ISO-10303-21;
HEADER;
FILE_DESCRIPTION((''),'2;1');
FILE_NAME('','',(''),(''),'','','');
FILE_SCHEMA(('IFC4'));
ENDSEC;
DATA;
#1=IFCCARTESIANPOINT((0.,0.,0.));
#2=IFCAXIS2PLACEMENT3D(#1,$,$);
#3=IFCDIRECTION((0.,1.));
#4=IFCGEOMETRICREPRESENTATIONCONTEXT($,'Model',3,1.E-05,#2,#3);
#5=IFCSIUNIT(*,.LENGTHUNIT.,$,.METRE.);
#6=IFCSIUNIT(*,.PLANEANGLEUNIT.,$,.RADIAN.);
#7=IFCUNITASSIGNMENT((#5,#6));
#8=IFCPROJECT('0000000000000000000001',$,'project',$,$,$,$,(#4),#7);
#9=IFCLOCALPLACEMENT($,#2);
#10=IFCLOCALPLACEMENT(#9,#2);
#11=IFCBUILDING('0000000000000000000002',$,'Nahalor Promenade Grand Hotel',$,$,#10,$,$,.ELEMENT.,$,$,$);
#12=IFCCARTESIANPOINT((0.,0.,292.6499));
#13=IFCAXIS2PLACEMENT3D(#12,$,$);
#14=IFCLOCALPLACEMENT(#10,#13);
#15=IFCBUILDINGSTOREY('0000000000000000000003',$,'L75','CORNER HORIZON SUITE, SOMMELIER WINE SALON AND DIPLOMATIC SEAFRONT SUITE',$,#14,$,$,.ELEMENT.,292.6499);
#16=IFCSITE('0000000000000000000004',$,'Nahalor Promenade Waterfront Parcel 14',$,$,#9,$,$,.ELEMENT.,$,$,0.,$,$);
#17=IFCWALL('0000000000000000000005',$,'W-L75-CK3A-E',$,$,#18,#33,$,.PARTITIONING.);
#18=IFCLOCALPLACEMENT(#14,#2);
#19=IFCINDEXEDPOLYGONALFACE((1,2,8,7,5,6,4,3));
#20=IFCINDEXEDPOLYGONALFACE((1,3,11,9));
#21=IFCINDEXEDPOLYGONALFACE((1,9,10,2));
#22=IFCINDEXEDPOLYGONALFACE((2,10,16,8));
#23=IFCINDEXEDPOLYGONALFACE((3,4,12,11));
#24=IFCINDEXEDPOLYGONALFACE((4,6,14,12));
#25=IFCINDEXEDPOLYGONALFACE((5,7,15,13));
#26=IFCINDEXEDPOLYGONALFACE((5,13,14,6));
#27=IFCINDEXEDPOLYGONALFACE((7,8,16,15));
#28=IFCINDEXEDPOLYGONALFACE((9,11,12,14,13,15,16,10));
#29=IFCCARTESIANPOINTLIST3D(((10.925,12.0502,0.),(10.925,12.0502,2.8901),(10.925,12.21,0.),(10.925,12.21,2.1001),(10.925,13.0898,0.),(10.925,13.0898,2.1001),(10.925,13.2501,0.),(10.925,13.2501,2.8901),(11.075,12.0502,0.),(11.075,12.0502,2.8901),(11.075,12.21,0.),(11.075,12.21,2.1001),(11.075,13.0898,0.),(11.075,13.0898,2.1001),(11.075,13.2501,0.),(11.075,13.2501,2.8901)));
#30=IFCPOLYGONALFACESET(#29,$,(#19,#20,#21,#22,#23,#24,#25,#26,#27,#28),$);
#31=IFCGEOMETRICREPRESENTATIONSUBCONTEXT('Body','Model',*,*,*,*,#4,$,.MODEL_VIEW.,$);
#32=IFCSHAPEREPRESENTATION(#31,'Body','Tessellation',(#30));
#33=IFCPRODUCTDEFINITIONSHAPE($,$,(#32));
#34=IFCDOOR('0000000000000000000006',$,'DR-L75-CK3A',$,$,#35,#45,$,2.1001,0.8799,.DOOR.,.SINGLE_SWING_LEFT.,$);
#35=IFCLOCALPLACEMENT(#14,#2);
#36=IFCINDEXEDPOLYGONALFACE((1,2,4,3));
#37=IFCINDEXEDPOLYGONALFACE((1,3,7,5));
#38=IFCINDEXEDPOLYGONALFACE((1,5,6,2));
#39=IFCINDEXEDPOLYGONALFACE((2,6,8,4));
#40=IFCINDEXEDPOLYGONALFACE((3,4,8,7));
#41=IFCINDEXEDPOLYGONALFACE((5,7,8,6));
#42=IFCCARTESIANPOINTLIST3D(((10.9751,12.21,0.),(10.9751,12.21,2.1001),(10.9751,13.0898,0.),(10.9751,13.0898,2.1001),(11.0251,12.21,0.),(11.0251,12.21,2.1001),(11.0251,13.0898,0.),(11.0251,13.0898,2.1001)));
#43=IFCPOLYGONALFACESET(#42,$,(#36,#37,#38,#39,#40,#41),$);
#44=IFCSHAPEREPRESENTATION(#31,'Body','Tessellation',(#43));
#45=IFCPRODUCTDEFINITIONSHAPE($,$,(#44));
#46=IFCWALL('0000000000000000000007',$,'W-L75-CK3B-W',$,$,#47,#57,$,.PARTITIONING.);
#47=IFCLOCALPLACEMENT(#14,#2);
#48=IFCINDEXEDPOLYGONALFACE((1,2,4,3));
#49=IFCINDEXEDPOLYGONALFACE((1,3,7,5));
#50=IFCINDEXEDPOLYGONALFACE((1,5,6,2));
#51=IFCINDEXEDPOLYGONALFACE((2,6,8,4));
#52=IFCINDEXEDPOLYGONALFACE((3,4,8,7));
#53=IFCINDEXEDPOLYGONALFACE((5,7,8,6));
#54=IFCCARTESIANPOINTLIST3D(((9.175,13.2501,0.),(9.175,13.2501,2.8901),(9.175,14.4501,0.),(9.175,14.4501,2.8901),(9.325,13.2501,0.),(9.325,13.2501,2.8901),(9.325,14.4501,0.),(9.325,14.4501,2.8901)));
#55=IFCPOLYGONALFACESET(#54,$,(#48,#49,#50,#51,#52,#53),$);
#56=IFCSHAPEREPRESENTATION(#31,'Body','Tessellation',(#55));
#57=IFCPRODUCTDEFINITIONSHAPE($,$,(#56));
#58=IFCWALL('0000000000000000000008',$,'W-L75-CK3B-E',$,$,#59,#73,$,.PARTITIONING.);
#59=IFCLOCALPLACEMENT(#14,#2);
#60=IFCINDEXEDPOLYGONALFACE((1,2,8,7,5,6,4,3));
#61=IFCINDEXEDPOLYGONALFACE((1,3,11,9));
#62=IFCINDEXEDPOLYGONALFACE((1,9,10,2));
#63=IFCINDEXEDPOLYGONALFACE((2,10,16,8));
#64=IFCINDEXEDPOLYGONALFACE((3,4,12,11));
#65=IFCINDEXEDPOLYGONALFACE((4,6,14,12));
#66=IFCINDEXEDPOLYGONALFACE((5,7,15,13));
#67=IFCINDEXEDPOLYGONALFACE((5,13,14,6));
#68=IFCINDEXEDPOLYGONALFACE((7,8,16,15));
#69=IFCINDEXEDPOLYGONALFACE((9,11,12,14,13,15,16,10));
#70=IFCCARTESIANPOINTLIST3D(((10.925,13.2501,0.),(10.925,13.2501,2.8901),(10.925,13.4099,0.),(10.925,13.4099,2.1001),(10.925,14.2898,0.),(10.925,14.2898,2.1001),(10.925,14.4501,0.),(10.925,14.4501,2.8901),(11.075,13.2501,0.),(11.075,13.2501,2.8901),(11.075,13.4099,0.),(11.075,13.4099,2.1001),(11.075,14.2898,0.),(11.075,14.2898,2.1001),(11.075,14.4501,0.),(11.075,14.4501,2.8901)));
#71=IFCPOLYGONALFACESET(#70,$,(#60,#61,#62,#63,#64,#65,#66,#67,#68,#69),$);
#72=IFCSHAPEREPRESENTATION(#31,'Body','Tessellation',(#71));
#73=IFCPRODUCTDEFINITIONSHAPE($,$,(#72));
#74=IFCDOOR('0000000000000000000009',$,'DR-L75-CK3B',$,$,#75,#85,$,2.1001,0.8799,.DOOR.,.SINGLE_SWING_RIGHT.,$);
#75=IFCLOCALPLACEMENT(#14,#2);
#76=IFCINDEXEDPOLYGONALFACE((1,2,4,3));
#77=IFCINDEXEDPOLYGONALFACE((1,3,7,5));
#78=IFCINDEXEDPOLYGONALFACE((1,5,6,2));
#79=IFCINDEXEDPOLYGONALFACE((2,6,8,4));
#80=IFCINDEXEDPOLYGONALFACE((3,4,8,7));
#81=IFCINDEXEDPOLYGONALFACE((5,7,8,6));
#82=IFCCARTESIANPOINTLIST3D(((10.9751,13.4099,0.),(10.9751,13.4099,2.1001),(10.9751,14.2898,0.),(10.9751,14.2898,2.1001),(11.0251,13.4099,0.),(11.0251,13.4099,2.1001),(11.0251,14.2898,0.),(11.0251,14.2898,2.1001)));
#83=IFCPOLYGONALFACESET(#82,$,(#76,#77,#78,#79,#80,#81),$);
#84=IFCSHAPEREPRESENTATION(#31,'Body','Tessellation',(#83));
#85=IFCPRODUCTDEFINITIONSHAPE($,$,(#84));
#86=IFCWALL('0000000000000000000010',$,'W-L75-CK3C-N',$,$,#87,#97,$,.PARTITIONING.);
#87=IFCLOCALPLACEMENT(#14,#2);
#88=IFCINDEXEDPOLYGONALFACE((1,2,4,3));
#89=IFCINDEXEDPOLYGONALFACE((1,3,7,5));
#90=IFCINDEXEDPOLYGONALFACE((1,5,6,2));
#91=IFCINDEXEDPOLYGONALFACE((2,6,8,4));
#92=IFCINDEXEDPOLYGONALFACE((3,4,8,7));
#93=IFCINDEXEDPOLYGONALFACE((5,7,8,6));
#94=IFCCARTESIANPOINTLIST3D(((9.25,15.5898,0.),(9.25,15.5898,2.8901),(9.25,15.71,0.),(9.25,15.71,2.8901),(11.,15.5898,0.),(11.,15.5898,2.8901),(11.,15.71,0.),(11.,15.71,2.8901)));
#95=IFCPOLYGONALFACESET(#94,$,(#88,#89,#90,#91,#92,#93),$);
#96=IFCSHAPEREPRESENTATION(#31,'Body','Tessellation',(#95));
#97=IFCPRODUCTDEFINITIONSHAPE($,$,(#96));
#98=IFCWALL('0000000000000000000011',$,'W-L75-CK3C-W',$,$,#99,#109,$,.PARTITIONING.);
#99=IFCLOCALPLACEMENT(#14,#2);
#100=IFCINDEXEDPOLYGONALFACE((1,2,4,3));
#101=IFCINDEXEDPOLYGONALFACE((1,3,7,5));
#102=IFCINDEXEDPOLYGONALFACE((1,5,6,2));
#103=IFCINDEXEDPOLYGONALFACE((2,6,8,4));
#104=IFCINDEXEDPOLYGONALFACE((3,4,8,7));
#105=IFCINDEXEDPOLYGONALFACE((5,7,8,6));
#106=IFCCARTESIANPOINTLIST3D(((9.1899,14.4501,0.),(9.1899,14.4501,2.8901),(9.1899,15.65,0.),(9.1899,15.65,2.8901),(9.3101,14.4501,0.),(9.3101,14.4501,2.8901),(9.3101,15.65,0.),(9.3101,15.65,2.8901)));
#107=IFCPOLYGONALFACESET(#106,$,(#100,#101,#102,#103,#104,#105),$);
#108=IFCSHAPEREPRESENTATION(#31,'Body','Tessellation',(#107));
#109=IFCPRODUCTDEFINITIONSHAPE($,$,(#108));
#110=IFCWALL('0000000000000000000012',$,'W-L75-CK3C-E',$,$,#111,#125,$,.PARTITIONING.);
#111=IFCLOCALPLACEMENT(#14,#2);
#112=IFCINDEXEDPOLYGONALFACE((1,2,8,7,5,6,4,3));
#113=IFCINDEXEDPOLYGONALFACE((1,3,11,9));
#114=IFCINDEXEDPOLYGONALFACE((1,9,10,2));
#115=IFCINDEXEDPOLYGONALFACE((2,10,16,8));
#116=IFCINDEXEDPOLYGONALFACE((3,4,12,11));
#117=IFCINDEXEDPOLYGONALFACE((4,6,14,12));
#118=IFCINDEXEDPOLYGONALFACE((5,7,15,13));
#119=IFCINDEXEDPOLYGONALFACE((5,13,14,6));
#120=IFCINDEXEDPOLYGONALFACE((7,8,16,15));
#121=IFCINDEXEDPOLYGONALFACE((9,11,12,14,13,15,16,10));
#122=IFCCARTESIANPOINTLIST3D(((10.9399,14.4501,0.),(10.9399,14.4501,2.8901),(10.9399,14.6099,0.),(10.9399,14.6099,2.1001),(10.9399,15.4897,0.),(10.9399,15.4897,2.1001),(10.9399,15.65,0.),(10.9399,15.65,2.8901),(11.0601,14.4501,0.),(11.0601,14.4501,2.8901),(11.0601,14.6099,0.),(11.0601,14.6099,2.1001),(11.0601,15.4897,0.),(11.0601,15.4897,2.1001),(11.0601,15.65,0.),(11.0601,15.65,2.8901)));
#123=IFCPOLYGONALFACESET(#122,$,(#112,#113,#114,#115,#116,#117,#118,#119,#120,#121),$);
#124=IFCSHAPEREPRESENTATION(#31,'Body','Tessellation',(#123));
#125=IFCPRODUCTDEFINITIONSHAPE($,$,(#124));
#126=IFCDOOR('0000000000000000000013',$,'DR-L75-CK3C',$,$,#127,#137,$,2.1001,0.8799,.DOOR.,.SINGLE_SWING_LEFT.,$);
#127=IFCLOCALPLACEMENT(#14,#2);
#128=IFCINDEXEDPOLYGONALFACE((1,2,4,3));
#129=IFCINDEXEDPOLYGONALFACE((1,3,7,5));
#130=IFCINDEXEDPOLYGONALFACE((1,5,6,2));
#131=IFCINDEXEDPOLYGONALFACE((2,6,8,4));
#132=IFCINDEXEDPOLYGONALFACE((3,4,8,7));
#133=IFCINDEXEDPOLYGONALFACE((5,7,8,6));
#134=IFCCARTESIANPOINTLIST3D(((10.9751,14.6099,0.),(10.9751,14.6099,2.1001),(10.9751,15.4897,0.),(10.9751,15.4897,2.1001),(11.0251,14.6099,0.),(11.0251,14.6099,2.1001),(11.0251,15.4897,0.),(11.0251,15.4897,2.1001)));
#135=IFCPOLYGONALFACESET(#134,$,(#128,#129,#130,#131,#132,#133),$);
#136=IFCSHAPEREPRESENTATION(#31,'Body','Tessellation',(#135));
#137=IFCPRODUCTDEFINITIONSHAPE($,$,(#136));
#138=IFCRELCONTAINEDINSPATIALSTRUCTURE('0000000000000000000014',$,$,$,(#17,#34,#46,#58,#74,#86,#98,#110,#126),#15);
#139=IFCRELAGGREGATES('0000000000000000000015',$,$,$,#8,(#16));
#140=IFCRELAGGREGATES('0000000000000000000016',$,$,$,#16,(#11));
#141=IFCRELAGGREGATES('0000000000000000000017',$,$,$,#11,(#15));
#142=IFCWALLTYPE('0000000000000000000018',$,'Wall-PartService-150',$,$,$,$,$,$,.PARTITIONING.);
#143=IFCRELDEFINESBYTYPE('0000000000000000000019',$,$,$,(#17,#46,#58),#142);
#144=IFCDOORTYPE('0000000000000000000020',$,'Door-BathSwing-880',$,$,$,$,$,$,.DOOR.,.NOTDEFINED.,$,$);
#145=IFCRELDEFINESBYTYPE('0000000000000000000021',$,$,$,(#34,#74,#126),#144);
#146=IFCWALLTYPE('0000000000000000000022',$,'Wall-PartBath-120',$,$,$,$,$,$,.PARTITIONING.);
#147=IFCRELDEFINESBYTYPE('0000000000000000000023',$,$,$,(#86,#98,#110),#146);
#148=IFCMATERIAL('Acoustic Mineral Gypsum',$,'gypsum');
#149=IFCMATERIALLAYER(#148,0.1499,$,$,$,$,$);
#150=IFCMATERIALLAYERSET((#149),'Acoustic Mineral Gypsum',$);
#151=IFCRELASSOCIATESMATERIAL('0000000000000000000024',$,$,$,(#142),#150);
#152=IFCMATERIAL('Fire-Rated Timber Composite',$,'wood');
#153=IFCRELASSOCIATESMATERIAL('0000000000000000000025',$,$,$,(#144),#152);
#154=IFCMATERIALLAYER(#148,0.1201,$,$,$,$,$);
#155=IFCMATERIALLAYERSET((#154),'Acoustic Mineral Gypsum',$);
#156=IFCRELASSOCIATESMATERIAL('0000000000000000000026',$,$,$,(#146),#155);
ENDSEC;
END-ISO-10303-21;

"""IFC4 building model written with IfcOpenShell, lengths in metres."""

from ifc_helpers import new_model, si_unit, direction, frame, frame_2d, origin, place, context, subcontext, project, spatial, rectangle, extrude, source, transform, mapped, material, layer, layer_set, type_object, element, fill, save


model = new_model("IFC4")

# Units and contexts
model_context = context("Model", 3, precision=1e-05, world=origin(), true_north=direction((0.0, 1.0)))
body_context = subcontext(model_context, "Body", "Model", "MODEL_VIEW")
ifc_project = project(units=[si_unit("LENGTHUNIT", "METRE"), si_unit("PLANEANGLEUNIT", "RADIAN")], contexts=[model_context])

# Site, building, storey
site_placement = place(None, origin())
site = spatial("IfcSite", under=ifc_project, at=site_placement, Name="Nahalor Promenade Waterfront Parcel 14", CompositionType="ELEMENT", RefElevation=0.0)
building_placement = place(site_placement, origin())
building = spatial("IfcBuilding", under=site, at=building_placement, Name="Nahalor Promenade Grand Hotel", CompositionType="ELEMENT")
storey_placement = place(building_placement, frame((0.0, 0.0, 292.6499)))
storey = spatial("IfcBuildingStorey", under=building, at=storey_placement, Name="L75", Description="CORNER HORIZON SUITE, SOMMELIER WINE SALON AND DIPLOMATIC SEAFRONT SUITE", CompositionType="ELEMENT", Elevation=292.6499)

# Shared definitions
ifc_material_1 = material(Name="Acoustic Mineral Gypsum", Category="gypsum")
ifc_layer_1 = layer(ifc_material_1, 0.1499)
ifc_layer_set_1 = layer_set([ifc_layer_1], Name="Acoustic Mineral Gypsum")
wall_type_1 = type_object("IfcWallType", Name="Wall-PartService-150", PredefinedType="PARTITIONING", material=ifc_layer_set_1)
shared_shape_1 = source(origin(), body_context, "Body", "SweptSolid", [
    extrude(rectangle(XDim=1.2, YDim=0.1499, at=frame_2d((0.6001, 0.0))), origin(), (0.0, 0.0, 1.0), 2.8901),
])

# Wall, opening, door
wall_1_placement = place(storey_placement, frame((11.0, 12.05, 0.0), z_axis=(0.0, 0.0, 1.0), x_axis=(0.0, 1.0, 0.0)))
wall_1 = element("IfcWall", 1, at=wall_1_placement, inside=storey, type_object=wall_type_1, Name="W-L75-CK3A-E", PredefinedType="PARTITIONING", context=body_context, shape_type="MappedRepresentation", body=[
    mapped(shared_shape_1, transform((0.0, 0.0, 0.0), scale=1.0)),
])
opening_1_placement = place(wall_1_placement, frame((0.1599, 0.0, 0.0)))
opening_1 = element("IfcOpeningElement", 2, at=opening_1_placement, cuts=wall_1, PredefinedType="OPENING", context=body_context, shape_type="SweptSolid", body=[
    extrude(rectangle(XDim=0.8799, YDim=2.1001, at=frame_2d((0.4399, 1.05))), frame((0.0, 0.085, 0.0), z_axis=(0.0, -1.0, 0.0), x_axis=(1.0, 0.0, 0.0)), (0.0, 0.0, 1.0), 0.1699),
])
ifc_material_2 = material(Name="Fire-Rated Timber Composite", Category="wood")
door_type = type_object("IfcDoorType", Name="Door-BathSwing-880", OperationType="NOTDEFINED", PredefinedType="DOOR", material=ifc_material_2)
shared_shape_2 = source(origin(), body_context, "Body", "SweptSolid", [
    extrude(rectangle(XDim=0.8799, YDim=2.1001, at=frame_2d((0.4399, 1.05))), frame((0.0, 0.0249, 0.0), z_axis=(0.0, -1.0, 0.0), x_axis=(1.0, 0.0, 0.0)), (0.0, 0.0, 1.0), 0.05),
])
door_1_placement = place(opening_1_placement, origin())
door_1 = element("IfcDoor", 3, at=door_1_placement, inside=storey, type_object=door_type, Name="DR-L75-CK3A", OperationType="SINGLE_SWING_LEFT", OverallHeight=2.1001, OverallWidth=0.8799, PredefinedType="DOOR", context=body_context, shape_type="MappedRepresentation", body=[
    mapped(shared_shape_2, transform((0.0, 0.0, 0.0), scale=1.0)),
])
fill(opening_1, door_1)

# Wall
wall_2_placement = place(storey_placement, frame((9.25, 13.25, 0.0), z_axis=(0.0, 0.0, 1.0), x_axis=(0.0, 1.0, 0.0)))
element("IfcWall", 4, at=wall_2_placement, inside=storey, type_object=wall_type_1, Name="W-L75-CK3B-W", PredefinedType="PARTITIONING", context=body_context, shape_type="MappedRepresentation", body=[
    mapped(shared_shape_1, transform((0.0, 0.0, 0.0), scale=1.0)),
])

# Wall, opening, door
wall_3_placement = place(storey_placement, frame((11.0, 13.25, 0.0), z_axis=(0.0, 0.0, 1.0), x_axis=(0.0, 1.0, 0.0)))
wall_3 = element("IfcWall", 5, at=wall_3_placement, inside=storey, type_object=wall_type_1, Name="W-L75-CK3B-E", PredefinedType="PARTITIONING", context=body_context, shape_type="MappedRepresentation", body=[
    mapped(shared_shape_1, transform((0.0, 0.0, 0.0), scale=1.0)),
])
opening_2_placement = place(wall_3_placement, frame((0.1599, 0.0, 0.0)))
opening_2 = element("IfcOpeningElement", 6, at=opening_2_placement, cuts=wall_3, PredefinedType="OPENING", context=body_context, shape_type="SweptSolid", body=[
    extrude(rectangle(XDim=0.8799, YDim=2.1001, at=frame_2d((0.4399, 1.05))), frame((0.0, 0.085, 0.0), z_axis=(0.0, -1.0, 0.0), x_axis=(1.0, 0.0, 0.0)), (0.0, 0.0, 1.0), 0.1699),
])
door_2_placement = place(opening_2_placement, origin())
door_2 = element("IfcDoor", 7, at=door_2_placement, inside=storey, type_object=door_type, Name="DR-L75-CK3B", OperationType="SINGLE_SWING_RIGHT", OverallHeight=2.1001, OverallWidth=0.8799, PredefinedType="DOOR", context=body_context, shape_type="MappedRepresentation", body=[
    mapped(shared_shape_2, transform((0.0, 0.0, 0.0), scale=1.0)),
])
fill(opening_2, door_2)

# Walls
ifc_layer_2 = layer(ifc_material_1, 0.1201)
ifc_layer_set_2 = layer_set([ifc_layer_2], Name="Acoustic Mineral Gypsum")
wall_type_2 = type_object("IfcWallType", Name="Wall-PartBath-120", PredefinedType="PARTITIONING", material=ifc_layer_set_2)
shared_shape_3 = source(origin(), body_context, "Body", "SweptSolid", [
    extrude(rectangle(XDim=1.75, YDim=0.1201, at=frame_2d((0.875, 0.0))), origin(), (0.0, 0.0, 1.0), 2.8901),
])
wall_4_placement = place(storey_placement, frame((9.25, 15.6499, 0.0), z_axis=(0.0, 0.0, 1.0), x_axis=(1.0, 0.0, 0.0)))
element("IfcWall", 8, at=wall_4_placement, inside=storey, type_object=wall_type_2, Name="W-L75-CK3C-N", PredefinedType="PARTITIONING", context=body_context, shape_type="MappedRepresentation", body=[
    mapped(shared_shape_3, transform((0.0, 0.0, 0.0), scale=1.0)),
])
shared_shape_4 = source(origin(), body_context, "Body", "SweptSolid", [
    extrude(rectangle(XDim=1.2, YDim=0.1201, at=frame_2d((0.6001, 0.0))), origin(), (0.0, 0.0, 1.0), 2.8901),
])
wall_5_placement = place(storey_placement, frame((9.25, 14.45, 0.0), z_axis=(0.0, 0.0, 1.0), x_axis=(0.0, 1.0, 0.0)))
element("IfcWall", 9, at=wall_5_placement, inside=storey, type_object=wall_type_2, Name="W-L75-CK3C-W", PredefinedType="PARTITIONING", context=body_context, shape_type="MappedRepresentation", body=[
    mapped(shared_shape_4, transform((0.0, 0.0, 0.0), scale=1.0)),
])

# Wall, opening, door
wall_6_placement = place(storey_placement, frame((11.0, 14.45, 0.0), z_axis=(0.0, 0.0, 1.0), x_axis=(0.0, 1.0, 0.0)))
wall_6 = element("IfcWall", 10, at=wall_6_placement, inside=storey, type_object=wall_type_2, Name="W-L75-CK3C-E", PredefinedType="PARTITIONING", context=body_context, shape_type="MappedRepresentation", body=[
    mapped(shared_shape_4, transform((0.0, 0.0, 0.0), scale=1.0)),
])
opening_3_placement = place(wall_6_placement, frame((0.1599, 0.0, 0.0)))
opening_3 = element("IfcOpeningElement", 11, at=opening_3_placement, cuts=wall_6, PredefinedType="OPENING", context=body_context, shape_type="SweptSolid", body=[
    extrude(rectangle(XDim=0.8799, YDim=2.1001, at=frame_2d((0.4399, 1.05))), frame((0.0, 0.0701, 0.0), z_axis=(0.0, -1.0, 0.0), x_axis=(1.0, 0.0, 0.0)), (0.0, 0.0, 1.0), 0.1401),
])
door_3_placement = place(opening_3_placement, origin())
door_3 = element("IfcDoor", 12, at=door_3_placement, inside=storey, type_object=door_type, Name="DR-L75-CK3C", OperationType="SINGLE_SWING_LEFT", OverallHeight=2.1001, OverallWidth=0.8799, PredefinedType="DOOR", context=body_context, shape_type="MappedRepresentation", body=[
    mapped(shared_shape_2, transform((0.0, 0.0, 0.0), scale=1.0)),
])
fill(opening_3, door_3)

save(model, "model.ifc")
